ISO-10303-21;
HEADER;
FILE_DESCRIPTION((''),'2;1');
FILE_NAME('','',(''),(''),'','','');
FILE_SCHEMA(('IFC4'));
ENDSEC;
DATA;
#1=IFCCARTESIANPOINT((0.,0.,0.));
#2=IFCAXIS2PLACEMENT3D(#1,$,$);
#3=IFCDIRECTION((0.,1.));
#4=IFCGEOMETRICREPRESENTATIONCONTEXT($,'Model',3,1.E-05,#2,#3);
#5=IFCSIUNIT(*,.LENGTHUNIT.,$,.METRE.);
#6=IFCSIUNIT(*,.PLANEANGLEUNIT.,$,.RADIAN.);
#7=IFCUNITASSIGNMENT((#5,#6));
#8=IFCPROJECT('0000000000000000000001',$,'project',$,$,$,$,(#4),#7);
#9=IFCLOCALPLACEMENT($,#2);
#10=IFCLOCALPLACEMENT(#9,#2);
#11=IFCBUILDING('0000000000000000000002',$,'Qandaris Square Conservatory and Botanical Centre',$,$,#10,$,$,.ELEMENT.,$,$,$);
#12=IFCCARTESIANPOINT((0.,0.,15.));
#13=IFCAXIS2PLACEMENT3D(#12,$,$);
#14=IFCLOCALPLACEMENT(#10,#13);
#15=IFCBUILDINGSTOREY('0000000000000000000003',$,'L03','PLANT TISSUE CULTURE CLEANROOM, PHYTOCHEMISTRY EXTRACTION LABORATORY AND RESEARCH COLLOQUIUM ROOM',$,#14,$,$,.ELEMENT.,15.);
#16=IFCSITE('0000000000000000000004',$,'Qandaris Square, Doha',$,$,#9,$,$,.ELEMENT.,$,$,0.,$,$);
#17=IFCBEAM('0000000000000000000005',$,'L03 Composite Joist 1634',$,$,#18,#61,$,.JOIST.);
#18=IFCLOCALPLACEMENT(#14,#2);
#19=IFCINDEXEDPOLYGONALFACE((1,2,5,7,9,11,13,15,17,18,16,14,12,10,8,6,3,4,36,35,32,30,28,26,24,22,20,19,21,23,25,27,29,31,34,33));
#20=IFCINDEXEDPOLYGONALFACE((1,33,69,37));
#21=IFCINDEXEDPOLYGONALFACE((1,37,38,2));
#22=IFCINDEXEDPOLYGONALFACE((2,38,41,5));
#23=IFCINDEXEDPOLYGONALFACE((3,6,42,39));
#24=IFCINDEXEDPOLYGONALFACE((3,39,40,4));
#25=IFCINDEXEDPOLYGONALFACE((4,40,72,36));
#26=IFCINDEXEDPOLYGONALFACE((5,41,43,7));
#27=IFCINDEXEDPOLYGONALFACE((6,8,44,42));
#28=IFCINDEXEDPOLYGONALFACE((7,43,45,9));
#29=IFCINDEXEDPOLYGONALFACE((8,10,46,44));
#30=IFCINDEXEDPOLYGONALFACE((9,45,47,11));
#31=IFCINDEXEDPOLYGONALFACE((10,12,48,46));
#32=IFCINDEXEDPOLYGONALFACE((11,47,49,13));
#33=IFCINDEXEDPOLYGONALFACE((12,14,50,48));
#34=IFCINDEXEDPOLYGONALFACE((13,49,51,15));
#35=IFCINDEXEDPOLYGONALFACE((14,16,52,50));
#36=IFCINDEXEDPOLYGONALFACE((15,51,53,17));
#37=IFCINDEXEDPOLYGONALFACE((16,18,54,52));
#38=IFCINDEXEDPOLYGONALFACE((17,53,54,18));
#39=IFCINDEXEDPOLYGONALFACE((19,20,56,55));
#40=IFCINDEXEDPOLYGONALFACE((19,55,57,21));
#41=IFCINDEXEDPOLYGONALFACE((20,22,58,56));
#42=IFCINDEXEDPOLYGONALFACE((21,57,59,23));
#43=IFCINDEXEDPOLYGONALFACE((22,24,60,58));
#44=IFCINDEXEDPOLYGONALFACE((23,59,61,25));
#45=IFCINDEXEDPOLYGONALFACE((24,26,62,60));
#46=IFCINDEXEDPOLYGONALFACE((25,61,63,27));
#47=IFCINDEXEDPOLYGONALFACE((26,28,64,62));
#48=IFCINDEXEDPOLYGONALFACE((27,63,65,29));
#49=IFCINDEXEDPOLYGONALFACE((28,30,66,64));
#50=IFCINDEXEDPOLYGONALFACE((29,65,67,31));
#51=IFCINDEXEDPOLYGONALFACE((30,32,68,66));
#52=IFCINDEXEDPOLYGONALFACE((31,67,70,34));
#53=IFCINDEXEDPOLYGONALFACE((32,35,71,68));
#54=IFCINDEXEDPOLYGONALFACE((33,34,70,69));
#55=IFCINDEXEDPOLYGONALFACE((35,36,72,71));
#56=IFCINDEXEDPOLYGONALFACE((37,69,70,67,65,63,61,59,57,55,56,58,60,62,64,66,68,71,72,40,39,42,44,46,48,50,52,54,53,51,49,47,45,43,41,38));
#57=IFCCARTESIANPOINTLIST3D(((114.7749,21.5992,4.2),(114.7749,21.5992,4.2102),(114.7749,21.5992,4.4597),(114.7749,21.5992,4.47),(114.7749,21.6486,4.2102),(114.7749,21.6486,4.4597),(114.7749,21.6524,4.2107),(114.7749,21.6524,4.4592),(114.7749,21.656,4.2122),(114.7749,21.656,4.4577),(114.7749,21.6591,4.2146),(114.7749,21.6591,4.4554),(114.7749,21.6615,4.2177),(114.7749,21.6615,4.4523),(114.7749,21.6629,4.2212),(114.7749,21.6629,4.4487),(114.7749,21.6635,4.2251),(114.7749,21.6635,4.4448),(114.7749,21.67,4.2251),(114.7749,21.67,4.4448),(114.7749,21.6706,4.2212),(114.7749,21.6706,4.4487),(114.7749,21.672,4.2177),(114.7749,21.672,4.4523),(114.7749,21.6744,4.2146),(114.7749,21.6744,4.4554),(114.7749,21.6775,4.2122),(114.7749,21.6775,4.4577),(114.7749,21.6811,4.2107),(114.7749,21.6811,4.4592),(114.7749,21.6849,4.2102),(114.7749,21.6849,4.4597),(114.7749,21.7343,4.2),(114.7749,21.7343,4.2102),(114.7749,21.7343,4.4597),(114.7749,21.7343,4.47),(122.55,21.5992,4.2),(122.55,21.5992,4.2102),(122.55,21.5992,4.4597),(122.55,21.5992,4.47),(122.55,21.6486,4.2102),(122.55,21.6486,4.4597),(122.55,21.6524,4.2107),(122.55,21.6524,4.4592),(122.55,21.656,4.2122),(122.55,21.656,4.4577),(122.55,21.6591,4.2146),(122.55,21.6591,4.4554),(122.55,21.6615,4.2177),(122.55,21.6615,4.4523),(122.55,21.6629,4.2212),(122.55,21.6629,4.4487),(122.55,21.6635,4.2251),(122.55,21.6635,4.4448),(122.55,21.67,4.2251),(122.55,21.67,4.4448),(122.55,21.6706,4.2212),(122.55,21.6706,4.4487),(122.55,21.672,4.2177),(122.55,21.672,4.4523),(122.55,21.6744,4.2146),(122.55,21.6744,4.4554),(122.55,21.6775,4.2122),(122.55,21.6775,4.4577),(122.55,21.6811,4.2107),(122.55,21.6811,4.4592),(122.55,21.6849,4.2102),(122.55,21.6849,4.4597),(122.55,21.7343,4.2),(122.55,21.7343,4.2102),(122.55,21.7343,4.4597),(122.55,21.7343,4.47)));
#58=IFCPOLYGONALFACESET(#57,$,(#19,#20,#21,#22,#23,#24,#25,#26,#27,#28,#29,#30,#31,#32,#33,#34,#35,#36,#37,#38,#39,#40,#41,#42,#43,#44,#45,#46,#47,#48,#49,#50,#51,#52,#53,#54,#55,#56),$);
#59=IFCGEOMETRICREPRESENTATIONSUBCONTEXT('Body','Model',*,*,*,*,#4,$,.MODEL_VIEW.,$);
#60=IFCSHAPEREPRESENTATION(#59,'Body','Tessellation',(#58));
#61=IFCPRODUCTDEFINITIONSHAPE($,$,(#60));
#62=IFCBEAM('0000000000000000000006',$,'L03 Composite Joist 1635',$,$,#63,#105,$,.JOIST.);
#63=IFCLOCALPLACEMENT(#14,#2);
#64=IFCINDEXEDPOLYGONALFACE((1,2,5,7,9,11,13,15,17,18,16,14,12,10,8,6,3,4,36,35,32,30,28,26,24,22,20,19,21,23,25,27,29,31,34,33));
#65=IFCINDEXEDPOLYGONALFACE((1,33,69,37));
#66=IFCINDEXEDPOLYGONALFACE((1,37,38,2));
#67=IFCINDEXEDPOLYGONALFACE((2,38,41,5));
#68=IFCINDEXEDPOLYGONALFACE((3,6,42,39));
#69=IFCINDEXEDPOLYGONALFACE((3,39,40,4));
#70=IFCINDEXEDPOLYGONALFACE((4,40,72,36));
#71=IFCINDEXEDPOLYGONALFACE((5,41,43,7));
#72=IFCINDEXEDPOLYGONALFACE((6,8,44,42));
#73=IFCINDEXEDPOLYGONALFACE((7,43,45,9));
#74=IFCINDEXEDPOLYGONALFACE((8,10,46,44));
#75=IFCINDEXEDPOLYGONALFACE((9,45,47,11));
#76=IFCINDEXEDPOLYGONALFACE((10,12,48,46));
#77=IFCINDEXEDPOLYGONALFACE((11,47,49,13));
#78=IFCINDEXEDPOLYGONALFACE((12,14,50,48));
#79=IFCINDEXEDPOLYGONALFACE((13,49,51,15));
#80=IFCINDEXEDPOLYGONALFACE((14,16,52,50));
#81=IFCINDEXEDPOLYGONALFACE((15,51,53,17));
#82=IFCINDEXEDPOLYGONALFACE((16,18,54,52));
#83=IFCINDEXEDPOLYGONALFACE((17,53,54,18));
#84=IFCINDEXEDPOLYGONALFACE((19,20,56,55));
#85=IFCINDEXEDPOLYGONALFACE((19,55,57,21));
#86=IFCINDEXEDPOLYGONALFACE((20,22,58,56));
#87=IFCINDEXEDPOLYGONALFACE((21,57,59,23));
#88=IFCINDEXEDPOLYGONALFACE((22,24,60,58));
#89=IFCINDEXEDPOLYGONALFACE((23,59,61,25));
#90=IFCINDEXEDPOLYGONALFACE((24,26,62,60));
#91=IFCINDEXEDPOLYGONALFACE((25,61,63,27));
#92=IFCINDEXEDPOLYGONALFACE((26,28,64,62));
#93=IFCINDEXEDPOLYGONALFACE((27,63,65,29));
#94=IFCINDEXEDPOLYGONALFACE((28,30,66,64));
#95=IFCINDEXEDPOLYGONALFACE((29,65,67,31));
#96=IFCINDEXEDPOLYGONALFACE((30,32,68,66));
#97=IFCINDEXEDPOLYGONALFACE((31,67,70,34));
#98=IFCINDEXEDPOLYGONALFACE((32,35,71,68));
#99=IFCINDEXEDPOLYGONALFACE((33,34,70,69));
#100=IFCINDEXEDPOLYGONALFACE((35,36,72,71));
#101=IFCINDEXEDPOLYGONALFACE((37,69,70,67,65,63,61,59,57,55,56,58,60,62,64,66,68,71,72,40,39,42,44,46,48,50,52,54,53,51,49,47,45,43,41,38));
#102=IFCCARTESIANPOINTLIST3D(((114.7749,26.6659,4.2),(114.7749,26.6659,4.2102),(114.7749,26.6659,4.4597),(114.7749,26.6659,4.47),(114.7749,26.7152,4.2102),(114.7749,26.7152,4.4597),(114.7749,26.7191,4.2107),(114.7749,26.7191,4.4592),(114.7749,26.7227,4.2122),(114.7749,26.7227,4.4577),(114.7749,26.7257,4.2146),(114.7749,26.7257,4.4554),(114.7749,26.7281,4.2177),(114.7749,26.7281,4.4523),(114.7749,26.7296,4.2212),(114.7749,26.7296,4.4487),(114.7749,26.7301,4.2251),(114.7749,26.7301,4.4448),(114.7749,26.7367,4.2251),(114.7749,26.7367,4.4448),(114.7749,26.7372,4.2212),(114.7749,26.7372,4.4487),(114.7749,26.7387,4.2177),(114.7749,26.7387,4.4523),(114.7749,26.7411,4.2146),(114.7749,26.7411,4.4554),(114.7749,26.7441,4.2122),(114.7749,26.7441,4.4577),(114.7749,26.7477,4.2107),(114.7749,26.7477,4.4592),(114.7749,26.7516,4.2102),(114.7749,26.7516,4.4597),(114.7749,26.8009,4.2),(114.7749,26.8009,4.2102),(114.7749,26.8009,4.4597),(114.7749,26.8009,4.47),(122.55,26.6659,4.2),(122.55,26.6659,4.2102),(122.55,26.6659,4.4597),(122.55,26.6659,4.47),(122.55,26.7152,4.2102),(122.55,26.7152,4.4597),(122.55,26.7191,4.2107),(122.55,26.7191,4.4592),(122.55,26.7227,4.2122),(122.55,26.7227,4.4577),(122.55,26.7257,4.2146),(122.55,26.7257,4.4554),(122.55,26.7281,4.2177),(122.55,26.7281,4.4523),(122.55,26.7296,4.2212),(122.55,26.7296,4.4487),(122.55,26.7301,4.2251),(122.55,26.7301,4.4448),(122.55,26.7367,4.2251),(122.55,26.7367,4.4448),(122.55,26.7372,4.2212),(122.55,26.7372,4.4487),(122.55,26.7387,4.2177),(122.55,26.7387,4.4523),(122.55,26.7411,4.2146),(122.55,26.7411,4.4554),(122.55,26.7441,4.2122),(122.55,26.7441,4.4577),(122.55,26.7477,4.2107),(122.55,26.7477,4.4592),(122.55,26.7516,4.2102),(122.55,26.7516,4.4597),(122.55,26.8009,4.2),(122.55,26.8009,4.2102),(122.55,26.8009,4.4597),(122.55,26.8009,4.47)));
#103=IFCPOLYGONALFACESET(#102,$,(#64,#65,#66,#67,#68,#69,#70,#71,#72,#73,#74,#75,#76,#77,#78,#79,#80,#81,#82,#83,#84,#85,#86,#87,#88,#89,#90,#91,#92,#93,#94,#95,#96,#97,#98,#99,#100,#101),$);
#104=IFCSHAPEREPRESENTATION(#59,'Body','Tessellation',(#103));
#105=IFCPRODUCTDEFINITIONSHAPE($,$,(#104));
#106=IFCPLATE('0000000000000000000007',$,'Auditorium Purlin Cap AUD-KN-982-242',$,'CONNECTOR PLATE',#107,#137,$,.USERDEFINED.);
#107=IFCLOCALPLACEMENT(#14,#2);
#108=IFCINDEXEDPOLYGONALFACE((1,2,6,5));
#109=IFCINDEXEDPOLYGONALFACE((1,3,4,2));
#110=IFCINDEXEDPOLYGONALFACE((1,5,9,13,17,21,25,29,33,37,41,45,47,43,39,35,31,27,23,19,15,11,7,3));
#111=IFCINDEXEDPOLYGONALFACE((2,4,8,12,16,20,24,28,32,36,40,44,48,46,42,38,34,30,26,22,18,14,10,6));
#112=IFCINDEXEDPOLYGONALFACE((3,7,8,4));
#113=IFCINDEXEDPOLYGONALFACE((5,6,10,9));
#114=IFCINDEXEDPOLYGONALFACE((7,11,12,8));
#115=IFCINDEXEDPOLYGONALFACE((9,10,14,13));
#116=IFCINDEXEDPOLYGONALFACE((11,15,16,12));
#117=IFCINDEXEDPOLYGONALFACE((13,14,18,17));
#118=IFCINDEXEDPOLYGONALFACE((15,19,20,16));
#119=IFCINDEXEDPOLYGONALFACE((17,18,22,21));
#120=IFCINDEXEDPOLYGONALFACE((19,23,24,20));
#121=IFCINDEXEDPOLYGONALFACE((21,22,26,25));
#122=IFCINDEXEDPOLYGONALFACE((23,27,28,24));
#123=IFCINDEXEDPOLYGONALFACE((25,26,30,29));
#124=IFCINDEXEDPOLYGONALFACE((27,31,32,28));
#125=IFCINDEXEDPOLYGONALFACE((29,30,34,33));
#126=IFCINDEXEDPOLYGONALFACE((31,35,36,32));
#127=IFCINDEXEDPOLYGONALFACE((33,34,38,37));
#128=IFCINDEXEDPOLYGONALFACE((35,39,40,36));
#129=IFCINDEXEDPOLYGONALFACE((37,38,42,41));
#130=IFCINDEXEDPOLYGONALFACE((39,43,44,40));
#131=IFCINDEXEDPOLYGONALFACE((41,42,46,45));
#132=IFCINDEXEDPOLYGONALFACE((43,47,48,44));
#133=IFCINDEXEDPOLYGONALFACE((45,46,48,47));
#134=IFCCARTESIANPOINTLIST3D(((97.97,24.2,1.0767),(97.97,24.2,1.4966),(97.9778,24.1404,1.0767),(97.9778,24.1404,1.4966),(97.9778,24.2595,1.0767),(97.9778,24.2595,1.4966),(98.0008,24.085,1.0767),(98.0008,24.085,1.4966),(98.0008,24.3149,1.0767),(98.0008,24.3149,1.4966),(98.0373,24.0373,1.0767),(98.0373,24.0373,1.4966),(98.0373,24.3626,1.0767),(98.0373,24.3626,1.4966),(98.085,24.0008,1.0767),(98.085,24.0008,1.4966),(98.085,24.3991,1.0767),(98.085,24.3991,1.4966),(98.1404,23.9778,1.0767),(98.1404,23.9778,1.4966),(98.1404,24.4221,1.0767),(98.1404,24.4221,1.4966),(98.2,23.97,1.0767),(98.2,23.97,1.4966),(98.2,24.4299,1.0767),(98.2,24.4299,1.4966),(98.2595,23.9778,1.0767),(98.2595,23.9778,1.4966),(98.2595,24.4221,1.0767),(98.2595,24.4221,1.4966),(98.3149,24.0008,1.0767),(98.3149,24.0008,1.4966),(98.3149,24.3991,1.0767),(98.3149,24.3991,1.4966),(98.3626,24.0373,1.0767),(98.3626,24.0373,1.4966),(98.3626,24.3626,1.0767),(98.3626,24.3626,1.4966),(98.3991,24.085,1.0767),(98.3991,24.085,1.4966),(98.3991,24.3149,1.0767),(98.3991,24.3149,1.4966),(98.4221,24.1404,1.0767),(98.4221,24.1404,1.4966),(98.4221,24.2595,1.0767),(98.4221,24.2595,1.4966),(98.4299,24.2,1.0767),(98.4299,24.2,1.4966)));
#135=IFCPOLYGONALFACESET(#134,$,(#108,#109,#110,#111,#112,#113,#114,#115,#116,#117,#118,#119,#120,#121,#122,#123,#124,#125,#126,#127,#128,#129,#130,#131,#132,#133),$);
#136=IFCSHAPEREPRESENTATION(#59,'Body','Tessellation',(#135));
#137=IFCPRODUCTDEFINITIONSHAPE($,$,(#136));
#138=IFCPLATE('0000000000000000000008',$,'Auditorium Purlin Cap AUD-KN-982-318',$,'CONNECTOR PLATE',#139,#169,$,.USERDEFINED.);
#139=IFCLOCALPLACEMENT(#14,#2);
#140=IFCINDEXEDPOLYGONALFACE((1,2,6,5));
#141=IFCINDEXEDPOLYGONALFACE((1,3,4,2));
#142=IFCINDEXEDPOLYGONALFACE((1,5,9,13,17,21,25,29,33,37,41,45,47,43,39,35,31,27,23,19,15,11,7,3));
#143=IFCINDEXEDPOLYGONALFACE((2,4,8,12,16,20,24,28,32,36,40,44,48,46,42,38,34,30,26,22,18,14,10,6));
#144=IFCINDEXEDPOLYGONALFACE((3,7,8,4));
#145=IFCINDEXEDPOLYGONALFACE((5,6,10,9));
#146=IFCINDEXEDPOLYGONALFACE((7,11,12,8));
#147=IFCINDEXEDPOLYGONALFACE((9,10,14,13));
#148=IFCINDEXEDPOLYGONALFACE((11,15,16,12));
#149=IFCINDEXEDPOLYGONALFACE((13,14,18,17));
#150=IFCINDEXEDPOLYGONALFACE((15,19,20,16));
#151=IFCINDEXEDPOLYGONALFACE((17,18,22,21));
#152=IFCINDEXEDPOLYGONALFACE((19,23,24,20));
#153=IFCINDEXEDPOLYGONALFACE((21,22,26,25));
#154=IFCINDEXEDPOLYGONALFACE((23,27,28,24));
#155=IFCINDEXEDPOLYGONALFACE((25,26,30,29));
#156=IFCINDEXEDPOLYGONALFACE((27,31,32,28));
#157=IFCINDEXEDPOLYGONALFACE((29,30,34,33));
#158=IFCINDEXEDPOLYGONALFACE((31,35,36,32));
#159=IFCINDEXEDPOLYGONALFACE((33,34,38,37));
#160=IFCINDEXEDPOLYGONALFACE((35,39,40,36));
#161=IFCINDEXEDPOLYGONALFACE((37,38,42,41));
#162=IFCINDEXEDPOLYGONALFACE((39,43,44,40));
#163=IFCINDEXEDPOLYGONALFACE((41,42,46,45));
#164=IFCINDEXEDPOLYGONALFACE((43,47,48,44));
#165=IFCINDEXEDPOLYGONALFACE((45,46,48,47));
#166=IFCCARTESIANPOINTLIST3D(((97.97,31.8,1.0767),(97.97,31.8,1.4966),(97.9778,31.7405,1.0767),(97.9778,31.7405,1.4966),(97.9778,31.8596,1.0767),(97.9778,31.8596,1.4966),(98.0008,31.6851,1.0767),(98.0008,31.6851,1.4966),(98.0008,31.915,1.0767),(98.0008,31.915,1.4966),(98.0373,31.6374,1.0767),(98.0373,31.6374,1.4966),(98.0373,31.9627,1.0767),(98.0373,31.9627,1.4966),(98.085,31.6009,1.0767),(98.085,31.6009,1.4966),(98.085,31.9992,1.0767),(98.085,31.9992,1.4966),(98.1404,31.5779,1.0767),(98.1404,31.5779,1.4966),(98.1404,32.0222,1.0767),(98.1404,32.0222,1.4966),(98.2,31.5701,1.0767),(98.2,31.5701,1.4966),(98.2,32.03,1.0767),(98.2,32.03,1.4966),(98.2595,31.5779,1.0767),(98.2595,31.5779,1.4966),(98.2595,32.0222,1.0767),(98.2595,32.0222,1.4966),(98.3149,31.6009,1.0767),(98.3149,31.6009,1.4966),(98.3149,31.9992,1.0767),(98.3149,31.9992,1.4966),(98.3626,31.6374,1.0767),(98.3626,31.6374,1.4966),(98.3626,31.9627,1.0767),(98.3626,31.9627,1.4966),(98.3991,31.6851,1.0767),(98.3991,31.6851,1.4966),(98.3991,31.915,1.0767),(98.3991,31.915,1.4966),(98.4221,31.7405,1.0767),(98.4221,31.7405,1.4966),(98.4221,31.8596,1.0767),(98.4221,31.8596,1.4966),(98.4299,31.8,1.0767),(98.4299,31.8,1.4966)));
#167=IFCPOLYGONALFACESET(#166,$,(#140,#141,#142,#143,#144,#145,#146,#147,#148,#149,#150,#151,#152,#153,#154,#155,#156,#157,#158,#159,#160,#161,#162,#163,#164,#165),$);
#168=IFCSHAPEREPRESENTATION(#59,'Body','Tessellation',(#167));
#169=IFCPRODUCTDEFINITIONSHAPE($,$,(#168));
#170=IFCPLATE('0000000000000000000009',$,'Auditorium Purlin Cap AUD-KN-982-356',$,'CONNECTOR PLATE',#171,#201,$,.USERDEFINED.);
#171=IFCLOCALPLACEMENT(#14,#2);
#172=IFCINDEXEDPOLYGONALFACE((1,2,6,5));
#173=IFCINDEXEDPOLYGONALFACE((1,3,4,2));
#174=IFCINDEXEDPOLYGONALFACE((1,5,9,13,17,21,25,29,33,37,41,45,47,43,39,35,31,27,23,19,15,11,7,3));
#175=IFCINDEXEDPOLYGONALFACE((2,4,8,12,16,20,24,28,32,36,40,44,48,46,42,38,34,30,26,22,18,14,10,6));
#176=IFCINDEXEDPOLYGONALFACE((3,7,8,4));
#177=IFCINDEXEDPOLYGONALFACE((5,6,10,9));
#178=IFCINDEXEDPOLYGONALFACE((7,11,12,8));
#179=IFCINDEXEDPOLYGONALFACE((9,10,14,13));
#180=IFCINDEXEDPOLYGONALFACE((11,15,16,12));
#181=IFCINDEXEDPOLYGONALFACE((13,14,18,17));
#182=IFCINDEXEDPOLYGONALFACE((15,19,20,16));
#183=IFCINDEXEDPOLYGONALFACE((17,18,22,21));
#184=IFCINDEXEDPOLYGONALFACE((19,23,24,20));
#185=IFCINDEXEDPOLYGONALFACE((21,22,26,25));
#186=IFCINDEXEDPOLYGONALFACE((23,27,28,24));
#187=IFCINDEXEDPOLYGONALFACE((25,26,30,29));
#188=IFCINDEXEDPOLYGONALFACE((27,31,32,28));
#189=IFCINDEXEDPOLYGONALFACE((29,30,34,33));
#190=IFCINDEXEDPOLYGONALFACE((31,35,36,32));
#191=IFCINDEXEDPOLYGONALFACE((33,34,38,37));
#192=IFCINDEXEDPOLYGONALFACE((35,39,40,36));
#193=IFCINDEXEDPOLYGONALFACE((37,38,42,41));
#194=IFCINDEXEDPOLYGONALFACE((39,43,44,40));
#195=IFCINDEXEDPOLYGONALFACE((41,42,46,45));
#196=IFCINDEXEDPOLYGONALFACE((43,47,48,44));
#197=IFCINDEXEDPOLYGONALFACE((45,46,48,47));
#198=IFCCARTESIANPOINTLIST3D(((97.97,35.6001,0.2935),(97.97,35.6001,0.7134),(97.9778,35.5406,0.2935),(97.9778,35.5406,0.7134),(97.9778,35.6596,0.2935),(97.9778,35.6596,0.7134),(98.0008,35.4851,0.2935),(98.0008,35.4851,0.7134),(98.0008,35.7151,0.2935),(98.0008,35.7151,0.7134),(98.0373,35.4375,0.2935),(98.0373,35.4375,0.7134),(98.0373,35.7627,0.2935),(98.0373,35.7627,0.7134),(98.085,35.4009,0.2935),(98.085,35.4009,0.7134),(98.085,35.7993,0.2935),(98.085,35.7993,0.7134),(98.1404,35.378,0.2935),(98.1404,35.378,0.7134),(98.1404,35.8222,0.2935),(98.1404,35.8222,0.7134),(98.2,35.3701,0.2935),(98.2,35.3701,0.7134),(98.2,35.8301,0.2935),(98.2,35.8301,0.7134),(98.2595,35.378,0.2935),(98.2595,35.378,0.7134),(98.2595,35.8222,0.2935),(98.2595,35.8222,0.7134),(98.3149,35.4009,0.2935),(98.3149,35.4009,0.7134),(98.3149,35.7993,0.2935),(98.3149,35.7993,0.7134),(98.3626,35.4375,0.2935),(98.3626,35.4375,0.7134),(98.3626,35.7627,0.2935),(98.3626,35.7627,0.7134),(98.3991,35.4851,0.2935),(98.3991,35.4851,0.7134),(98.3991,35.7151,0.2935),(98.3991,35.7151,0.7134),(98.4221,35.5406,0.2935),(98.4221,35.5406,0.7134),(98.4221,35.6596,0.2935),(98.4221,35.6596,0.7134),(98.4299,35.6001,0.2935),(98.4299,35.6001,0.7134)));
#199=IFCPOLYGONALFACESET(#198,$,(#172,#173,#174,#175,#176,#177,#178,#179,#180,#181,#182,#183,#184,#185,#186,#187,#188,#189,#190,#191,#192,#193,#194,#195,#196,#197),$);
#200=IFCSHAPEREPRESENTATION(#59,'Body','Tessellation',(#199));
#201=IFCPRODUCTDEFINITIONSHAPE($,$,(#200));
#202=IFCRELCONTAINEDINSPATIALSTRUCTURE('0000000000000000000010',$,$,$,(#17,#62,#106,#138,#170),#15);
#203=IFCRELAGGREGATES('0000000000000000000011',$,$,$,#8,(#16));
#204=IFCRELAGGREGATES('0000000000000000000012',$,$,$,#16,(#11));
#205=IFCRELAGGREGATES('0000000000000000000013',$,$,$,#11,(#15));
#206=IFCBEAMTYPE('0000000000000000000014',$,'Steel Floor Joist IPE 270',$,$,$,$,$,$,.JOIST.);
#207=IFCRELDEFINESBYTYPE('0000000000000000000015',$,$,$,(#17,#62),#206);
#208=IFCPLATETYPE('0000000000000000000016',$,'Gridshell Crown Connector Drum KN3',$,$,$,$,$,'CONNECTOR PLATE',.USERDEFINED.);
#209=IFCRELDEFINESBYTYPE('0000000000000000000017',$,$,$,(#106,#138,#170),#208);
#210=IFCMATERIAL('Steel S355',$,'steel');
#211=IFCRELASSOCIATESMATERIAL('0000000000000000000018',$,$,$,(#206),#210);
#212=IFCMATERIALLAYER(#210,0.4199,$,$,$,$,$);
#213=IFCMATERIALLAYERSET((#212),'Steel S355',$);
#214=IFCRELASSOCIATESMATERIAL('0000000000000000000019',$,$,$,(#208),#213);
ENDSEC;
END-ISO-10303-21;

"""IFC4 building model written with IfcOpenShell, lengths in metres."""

from ifc_helpers import new_model, si_unit, direction, frame, origin, origin_2d, place, context, subcontext, project, spatial, circle, i_section, extrude, material, layer, layer_set, material_profile, profile_set, type_object, element, save


model = new_model("IFC4")

# Units and contexts
model_context = context("Model", 3, precision=1e-05, world=origin(), true_north=direction((0.0, 1.0)))
body_context = subcontext(model_context, "Body", "Model", "MODEL_VIEW")
ifc_project = project(units=[si_unit("LENGTHUNIT", "METRE"), si_unit("PLANEANGLEUNIT", "RADIAN")], contexts=[model_context])

# Site, building, storey
site_placement = place(None, origin())
site = spatial("IfcSite", under=ifc_project, at=site_placement, Name="Qandaris Square, Doha", CompositionType="ELEMENT", RefElevation=0.0)
building_placement = place(site_placement, origin())
building = spatial("IfcBuilding", under=site, at=building_placement, Name="Qandaris Square Conservatory and Botanical Centre", CompositionType="ELEMENT")
storey_placement = place(building_placement, frame((0.0, 0.0, 15.0)))
storey = spatial("IfcBuildingStorey", under=building, at=storey_placement, Name="L03", Description="PLANT TISSUE CULTURE CLEANROOM, PHYTOCHEMISTRY EXTRACTION LABORATORY AND RESEARCH COLLOQUIUM ROOM", CompositionType="ELEMENT", Elevation=15.0)

# Beams
ifc_material_1 = material(Name="Steel S355", Category="steel")
ifc_material_profile_1 = material_profile(ifc_material_1, i_section(OverallWidth=0.135, OverallDepth=0.27, WebThickness=0.0066, FlangeThickness=0.0103, FilletRadius=0.0149, at=origin_2d()), Name="IPE 270")
ifc_profile_set_1 = profile_set([ifc_material_profile_1], Name="Steel S355")
beam_type_1 = type_object("IfcBeamType", Name="Steel Floor Joist IPE 270", PredefinedType="JOIST", material=ifc_profile_set_1)
for number, where, z_axis, x_axis, name in (
    (1, (114.7749, 21.6667, 4.335), (1.0, 0.0, 0.0), (0.0, 1.0, 0.0), "L03 Composite Joist 1634"),
    (2, (114.7749, 26.7334, 4.335), (1.0, 0.0, 0.0), (0.0, 1.0, 0.0), "L03 Composite Joist 1635"),
):
    element("IfcBeam", number, at=place(storey_placement, frame(where, z_axis=z_axis, x_axis=x_axis)), inside=storey, type_object=beam_type_1, Name=name, PredefinedType="JOIST", context=body_context, shape_type="SweptSolid", body=[
        extrude(i_section(OverallWidth=0.135, OverallDepth=0.27, WebThickness=0.0066, FlangeThickness=0.0103, FilletRadius=0.0149, at=origin_2d()), origin(), (0.0, 0.0, 1.0), 7.7751),
    ])

# Plates
ifc_layer_1 = layer(ifc_material_1, 0.4199)
ifc_layer_set_1 = layer_set([ifc_layer_1], Name="Steel S355")
plate_type = type_object("IfcPlateType", Name="Gridshell Crown Connector Drum KN3", ElementType="CONNECTOR PLATE", PredefinedType="USERDEFINED", material=ifc_layer_set_1)
for number, where, z_axis, x_axis, name in (
    (3, (98.2, 24.2, 1.0767), (0.0, 0.0, 1.0), (1.0, 0.0, 0.0), "Auditorium Purlin Cap AUD-KN-982-242"),
    (4, (98.2, 31.8, 1.0767), (0.0, 0.0, 1.0), (1.0, 0.0, 0.0), "Auditorium Purlin Cap AUD-KN-982-318"),
    (5, (98.2, 35.6001, 0.2935), (0.0, 0.0, 1.0), (1.0, 0.0, 0.0), "Auditorium Purlin Cap AUD-KN-982-356"),
):
    element("IfcPlate", number, at=place(storey_placement, frame(where, z_axis=z_axis, x_axis=x_axis)), inside=storey, type_object=plate_type, Name=name, ObjectType="CONNECTOR PLATE", PredefinedType="USERDEFINED", context=body_context, shape_type="SweptSolid", body=[
        extrude(circle(Radius=0.23, at=origin_2d()), origin(), (0.0, 0.0, 1.0), 0.4199),
    ])

save(model, "model.ifc")
